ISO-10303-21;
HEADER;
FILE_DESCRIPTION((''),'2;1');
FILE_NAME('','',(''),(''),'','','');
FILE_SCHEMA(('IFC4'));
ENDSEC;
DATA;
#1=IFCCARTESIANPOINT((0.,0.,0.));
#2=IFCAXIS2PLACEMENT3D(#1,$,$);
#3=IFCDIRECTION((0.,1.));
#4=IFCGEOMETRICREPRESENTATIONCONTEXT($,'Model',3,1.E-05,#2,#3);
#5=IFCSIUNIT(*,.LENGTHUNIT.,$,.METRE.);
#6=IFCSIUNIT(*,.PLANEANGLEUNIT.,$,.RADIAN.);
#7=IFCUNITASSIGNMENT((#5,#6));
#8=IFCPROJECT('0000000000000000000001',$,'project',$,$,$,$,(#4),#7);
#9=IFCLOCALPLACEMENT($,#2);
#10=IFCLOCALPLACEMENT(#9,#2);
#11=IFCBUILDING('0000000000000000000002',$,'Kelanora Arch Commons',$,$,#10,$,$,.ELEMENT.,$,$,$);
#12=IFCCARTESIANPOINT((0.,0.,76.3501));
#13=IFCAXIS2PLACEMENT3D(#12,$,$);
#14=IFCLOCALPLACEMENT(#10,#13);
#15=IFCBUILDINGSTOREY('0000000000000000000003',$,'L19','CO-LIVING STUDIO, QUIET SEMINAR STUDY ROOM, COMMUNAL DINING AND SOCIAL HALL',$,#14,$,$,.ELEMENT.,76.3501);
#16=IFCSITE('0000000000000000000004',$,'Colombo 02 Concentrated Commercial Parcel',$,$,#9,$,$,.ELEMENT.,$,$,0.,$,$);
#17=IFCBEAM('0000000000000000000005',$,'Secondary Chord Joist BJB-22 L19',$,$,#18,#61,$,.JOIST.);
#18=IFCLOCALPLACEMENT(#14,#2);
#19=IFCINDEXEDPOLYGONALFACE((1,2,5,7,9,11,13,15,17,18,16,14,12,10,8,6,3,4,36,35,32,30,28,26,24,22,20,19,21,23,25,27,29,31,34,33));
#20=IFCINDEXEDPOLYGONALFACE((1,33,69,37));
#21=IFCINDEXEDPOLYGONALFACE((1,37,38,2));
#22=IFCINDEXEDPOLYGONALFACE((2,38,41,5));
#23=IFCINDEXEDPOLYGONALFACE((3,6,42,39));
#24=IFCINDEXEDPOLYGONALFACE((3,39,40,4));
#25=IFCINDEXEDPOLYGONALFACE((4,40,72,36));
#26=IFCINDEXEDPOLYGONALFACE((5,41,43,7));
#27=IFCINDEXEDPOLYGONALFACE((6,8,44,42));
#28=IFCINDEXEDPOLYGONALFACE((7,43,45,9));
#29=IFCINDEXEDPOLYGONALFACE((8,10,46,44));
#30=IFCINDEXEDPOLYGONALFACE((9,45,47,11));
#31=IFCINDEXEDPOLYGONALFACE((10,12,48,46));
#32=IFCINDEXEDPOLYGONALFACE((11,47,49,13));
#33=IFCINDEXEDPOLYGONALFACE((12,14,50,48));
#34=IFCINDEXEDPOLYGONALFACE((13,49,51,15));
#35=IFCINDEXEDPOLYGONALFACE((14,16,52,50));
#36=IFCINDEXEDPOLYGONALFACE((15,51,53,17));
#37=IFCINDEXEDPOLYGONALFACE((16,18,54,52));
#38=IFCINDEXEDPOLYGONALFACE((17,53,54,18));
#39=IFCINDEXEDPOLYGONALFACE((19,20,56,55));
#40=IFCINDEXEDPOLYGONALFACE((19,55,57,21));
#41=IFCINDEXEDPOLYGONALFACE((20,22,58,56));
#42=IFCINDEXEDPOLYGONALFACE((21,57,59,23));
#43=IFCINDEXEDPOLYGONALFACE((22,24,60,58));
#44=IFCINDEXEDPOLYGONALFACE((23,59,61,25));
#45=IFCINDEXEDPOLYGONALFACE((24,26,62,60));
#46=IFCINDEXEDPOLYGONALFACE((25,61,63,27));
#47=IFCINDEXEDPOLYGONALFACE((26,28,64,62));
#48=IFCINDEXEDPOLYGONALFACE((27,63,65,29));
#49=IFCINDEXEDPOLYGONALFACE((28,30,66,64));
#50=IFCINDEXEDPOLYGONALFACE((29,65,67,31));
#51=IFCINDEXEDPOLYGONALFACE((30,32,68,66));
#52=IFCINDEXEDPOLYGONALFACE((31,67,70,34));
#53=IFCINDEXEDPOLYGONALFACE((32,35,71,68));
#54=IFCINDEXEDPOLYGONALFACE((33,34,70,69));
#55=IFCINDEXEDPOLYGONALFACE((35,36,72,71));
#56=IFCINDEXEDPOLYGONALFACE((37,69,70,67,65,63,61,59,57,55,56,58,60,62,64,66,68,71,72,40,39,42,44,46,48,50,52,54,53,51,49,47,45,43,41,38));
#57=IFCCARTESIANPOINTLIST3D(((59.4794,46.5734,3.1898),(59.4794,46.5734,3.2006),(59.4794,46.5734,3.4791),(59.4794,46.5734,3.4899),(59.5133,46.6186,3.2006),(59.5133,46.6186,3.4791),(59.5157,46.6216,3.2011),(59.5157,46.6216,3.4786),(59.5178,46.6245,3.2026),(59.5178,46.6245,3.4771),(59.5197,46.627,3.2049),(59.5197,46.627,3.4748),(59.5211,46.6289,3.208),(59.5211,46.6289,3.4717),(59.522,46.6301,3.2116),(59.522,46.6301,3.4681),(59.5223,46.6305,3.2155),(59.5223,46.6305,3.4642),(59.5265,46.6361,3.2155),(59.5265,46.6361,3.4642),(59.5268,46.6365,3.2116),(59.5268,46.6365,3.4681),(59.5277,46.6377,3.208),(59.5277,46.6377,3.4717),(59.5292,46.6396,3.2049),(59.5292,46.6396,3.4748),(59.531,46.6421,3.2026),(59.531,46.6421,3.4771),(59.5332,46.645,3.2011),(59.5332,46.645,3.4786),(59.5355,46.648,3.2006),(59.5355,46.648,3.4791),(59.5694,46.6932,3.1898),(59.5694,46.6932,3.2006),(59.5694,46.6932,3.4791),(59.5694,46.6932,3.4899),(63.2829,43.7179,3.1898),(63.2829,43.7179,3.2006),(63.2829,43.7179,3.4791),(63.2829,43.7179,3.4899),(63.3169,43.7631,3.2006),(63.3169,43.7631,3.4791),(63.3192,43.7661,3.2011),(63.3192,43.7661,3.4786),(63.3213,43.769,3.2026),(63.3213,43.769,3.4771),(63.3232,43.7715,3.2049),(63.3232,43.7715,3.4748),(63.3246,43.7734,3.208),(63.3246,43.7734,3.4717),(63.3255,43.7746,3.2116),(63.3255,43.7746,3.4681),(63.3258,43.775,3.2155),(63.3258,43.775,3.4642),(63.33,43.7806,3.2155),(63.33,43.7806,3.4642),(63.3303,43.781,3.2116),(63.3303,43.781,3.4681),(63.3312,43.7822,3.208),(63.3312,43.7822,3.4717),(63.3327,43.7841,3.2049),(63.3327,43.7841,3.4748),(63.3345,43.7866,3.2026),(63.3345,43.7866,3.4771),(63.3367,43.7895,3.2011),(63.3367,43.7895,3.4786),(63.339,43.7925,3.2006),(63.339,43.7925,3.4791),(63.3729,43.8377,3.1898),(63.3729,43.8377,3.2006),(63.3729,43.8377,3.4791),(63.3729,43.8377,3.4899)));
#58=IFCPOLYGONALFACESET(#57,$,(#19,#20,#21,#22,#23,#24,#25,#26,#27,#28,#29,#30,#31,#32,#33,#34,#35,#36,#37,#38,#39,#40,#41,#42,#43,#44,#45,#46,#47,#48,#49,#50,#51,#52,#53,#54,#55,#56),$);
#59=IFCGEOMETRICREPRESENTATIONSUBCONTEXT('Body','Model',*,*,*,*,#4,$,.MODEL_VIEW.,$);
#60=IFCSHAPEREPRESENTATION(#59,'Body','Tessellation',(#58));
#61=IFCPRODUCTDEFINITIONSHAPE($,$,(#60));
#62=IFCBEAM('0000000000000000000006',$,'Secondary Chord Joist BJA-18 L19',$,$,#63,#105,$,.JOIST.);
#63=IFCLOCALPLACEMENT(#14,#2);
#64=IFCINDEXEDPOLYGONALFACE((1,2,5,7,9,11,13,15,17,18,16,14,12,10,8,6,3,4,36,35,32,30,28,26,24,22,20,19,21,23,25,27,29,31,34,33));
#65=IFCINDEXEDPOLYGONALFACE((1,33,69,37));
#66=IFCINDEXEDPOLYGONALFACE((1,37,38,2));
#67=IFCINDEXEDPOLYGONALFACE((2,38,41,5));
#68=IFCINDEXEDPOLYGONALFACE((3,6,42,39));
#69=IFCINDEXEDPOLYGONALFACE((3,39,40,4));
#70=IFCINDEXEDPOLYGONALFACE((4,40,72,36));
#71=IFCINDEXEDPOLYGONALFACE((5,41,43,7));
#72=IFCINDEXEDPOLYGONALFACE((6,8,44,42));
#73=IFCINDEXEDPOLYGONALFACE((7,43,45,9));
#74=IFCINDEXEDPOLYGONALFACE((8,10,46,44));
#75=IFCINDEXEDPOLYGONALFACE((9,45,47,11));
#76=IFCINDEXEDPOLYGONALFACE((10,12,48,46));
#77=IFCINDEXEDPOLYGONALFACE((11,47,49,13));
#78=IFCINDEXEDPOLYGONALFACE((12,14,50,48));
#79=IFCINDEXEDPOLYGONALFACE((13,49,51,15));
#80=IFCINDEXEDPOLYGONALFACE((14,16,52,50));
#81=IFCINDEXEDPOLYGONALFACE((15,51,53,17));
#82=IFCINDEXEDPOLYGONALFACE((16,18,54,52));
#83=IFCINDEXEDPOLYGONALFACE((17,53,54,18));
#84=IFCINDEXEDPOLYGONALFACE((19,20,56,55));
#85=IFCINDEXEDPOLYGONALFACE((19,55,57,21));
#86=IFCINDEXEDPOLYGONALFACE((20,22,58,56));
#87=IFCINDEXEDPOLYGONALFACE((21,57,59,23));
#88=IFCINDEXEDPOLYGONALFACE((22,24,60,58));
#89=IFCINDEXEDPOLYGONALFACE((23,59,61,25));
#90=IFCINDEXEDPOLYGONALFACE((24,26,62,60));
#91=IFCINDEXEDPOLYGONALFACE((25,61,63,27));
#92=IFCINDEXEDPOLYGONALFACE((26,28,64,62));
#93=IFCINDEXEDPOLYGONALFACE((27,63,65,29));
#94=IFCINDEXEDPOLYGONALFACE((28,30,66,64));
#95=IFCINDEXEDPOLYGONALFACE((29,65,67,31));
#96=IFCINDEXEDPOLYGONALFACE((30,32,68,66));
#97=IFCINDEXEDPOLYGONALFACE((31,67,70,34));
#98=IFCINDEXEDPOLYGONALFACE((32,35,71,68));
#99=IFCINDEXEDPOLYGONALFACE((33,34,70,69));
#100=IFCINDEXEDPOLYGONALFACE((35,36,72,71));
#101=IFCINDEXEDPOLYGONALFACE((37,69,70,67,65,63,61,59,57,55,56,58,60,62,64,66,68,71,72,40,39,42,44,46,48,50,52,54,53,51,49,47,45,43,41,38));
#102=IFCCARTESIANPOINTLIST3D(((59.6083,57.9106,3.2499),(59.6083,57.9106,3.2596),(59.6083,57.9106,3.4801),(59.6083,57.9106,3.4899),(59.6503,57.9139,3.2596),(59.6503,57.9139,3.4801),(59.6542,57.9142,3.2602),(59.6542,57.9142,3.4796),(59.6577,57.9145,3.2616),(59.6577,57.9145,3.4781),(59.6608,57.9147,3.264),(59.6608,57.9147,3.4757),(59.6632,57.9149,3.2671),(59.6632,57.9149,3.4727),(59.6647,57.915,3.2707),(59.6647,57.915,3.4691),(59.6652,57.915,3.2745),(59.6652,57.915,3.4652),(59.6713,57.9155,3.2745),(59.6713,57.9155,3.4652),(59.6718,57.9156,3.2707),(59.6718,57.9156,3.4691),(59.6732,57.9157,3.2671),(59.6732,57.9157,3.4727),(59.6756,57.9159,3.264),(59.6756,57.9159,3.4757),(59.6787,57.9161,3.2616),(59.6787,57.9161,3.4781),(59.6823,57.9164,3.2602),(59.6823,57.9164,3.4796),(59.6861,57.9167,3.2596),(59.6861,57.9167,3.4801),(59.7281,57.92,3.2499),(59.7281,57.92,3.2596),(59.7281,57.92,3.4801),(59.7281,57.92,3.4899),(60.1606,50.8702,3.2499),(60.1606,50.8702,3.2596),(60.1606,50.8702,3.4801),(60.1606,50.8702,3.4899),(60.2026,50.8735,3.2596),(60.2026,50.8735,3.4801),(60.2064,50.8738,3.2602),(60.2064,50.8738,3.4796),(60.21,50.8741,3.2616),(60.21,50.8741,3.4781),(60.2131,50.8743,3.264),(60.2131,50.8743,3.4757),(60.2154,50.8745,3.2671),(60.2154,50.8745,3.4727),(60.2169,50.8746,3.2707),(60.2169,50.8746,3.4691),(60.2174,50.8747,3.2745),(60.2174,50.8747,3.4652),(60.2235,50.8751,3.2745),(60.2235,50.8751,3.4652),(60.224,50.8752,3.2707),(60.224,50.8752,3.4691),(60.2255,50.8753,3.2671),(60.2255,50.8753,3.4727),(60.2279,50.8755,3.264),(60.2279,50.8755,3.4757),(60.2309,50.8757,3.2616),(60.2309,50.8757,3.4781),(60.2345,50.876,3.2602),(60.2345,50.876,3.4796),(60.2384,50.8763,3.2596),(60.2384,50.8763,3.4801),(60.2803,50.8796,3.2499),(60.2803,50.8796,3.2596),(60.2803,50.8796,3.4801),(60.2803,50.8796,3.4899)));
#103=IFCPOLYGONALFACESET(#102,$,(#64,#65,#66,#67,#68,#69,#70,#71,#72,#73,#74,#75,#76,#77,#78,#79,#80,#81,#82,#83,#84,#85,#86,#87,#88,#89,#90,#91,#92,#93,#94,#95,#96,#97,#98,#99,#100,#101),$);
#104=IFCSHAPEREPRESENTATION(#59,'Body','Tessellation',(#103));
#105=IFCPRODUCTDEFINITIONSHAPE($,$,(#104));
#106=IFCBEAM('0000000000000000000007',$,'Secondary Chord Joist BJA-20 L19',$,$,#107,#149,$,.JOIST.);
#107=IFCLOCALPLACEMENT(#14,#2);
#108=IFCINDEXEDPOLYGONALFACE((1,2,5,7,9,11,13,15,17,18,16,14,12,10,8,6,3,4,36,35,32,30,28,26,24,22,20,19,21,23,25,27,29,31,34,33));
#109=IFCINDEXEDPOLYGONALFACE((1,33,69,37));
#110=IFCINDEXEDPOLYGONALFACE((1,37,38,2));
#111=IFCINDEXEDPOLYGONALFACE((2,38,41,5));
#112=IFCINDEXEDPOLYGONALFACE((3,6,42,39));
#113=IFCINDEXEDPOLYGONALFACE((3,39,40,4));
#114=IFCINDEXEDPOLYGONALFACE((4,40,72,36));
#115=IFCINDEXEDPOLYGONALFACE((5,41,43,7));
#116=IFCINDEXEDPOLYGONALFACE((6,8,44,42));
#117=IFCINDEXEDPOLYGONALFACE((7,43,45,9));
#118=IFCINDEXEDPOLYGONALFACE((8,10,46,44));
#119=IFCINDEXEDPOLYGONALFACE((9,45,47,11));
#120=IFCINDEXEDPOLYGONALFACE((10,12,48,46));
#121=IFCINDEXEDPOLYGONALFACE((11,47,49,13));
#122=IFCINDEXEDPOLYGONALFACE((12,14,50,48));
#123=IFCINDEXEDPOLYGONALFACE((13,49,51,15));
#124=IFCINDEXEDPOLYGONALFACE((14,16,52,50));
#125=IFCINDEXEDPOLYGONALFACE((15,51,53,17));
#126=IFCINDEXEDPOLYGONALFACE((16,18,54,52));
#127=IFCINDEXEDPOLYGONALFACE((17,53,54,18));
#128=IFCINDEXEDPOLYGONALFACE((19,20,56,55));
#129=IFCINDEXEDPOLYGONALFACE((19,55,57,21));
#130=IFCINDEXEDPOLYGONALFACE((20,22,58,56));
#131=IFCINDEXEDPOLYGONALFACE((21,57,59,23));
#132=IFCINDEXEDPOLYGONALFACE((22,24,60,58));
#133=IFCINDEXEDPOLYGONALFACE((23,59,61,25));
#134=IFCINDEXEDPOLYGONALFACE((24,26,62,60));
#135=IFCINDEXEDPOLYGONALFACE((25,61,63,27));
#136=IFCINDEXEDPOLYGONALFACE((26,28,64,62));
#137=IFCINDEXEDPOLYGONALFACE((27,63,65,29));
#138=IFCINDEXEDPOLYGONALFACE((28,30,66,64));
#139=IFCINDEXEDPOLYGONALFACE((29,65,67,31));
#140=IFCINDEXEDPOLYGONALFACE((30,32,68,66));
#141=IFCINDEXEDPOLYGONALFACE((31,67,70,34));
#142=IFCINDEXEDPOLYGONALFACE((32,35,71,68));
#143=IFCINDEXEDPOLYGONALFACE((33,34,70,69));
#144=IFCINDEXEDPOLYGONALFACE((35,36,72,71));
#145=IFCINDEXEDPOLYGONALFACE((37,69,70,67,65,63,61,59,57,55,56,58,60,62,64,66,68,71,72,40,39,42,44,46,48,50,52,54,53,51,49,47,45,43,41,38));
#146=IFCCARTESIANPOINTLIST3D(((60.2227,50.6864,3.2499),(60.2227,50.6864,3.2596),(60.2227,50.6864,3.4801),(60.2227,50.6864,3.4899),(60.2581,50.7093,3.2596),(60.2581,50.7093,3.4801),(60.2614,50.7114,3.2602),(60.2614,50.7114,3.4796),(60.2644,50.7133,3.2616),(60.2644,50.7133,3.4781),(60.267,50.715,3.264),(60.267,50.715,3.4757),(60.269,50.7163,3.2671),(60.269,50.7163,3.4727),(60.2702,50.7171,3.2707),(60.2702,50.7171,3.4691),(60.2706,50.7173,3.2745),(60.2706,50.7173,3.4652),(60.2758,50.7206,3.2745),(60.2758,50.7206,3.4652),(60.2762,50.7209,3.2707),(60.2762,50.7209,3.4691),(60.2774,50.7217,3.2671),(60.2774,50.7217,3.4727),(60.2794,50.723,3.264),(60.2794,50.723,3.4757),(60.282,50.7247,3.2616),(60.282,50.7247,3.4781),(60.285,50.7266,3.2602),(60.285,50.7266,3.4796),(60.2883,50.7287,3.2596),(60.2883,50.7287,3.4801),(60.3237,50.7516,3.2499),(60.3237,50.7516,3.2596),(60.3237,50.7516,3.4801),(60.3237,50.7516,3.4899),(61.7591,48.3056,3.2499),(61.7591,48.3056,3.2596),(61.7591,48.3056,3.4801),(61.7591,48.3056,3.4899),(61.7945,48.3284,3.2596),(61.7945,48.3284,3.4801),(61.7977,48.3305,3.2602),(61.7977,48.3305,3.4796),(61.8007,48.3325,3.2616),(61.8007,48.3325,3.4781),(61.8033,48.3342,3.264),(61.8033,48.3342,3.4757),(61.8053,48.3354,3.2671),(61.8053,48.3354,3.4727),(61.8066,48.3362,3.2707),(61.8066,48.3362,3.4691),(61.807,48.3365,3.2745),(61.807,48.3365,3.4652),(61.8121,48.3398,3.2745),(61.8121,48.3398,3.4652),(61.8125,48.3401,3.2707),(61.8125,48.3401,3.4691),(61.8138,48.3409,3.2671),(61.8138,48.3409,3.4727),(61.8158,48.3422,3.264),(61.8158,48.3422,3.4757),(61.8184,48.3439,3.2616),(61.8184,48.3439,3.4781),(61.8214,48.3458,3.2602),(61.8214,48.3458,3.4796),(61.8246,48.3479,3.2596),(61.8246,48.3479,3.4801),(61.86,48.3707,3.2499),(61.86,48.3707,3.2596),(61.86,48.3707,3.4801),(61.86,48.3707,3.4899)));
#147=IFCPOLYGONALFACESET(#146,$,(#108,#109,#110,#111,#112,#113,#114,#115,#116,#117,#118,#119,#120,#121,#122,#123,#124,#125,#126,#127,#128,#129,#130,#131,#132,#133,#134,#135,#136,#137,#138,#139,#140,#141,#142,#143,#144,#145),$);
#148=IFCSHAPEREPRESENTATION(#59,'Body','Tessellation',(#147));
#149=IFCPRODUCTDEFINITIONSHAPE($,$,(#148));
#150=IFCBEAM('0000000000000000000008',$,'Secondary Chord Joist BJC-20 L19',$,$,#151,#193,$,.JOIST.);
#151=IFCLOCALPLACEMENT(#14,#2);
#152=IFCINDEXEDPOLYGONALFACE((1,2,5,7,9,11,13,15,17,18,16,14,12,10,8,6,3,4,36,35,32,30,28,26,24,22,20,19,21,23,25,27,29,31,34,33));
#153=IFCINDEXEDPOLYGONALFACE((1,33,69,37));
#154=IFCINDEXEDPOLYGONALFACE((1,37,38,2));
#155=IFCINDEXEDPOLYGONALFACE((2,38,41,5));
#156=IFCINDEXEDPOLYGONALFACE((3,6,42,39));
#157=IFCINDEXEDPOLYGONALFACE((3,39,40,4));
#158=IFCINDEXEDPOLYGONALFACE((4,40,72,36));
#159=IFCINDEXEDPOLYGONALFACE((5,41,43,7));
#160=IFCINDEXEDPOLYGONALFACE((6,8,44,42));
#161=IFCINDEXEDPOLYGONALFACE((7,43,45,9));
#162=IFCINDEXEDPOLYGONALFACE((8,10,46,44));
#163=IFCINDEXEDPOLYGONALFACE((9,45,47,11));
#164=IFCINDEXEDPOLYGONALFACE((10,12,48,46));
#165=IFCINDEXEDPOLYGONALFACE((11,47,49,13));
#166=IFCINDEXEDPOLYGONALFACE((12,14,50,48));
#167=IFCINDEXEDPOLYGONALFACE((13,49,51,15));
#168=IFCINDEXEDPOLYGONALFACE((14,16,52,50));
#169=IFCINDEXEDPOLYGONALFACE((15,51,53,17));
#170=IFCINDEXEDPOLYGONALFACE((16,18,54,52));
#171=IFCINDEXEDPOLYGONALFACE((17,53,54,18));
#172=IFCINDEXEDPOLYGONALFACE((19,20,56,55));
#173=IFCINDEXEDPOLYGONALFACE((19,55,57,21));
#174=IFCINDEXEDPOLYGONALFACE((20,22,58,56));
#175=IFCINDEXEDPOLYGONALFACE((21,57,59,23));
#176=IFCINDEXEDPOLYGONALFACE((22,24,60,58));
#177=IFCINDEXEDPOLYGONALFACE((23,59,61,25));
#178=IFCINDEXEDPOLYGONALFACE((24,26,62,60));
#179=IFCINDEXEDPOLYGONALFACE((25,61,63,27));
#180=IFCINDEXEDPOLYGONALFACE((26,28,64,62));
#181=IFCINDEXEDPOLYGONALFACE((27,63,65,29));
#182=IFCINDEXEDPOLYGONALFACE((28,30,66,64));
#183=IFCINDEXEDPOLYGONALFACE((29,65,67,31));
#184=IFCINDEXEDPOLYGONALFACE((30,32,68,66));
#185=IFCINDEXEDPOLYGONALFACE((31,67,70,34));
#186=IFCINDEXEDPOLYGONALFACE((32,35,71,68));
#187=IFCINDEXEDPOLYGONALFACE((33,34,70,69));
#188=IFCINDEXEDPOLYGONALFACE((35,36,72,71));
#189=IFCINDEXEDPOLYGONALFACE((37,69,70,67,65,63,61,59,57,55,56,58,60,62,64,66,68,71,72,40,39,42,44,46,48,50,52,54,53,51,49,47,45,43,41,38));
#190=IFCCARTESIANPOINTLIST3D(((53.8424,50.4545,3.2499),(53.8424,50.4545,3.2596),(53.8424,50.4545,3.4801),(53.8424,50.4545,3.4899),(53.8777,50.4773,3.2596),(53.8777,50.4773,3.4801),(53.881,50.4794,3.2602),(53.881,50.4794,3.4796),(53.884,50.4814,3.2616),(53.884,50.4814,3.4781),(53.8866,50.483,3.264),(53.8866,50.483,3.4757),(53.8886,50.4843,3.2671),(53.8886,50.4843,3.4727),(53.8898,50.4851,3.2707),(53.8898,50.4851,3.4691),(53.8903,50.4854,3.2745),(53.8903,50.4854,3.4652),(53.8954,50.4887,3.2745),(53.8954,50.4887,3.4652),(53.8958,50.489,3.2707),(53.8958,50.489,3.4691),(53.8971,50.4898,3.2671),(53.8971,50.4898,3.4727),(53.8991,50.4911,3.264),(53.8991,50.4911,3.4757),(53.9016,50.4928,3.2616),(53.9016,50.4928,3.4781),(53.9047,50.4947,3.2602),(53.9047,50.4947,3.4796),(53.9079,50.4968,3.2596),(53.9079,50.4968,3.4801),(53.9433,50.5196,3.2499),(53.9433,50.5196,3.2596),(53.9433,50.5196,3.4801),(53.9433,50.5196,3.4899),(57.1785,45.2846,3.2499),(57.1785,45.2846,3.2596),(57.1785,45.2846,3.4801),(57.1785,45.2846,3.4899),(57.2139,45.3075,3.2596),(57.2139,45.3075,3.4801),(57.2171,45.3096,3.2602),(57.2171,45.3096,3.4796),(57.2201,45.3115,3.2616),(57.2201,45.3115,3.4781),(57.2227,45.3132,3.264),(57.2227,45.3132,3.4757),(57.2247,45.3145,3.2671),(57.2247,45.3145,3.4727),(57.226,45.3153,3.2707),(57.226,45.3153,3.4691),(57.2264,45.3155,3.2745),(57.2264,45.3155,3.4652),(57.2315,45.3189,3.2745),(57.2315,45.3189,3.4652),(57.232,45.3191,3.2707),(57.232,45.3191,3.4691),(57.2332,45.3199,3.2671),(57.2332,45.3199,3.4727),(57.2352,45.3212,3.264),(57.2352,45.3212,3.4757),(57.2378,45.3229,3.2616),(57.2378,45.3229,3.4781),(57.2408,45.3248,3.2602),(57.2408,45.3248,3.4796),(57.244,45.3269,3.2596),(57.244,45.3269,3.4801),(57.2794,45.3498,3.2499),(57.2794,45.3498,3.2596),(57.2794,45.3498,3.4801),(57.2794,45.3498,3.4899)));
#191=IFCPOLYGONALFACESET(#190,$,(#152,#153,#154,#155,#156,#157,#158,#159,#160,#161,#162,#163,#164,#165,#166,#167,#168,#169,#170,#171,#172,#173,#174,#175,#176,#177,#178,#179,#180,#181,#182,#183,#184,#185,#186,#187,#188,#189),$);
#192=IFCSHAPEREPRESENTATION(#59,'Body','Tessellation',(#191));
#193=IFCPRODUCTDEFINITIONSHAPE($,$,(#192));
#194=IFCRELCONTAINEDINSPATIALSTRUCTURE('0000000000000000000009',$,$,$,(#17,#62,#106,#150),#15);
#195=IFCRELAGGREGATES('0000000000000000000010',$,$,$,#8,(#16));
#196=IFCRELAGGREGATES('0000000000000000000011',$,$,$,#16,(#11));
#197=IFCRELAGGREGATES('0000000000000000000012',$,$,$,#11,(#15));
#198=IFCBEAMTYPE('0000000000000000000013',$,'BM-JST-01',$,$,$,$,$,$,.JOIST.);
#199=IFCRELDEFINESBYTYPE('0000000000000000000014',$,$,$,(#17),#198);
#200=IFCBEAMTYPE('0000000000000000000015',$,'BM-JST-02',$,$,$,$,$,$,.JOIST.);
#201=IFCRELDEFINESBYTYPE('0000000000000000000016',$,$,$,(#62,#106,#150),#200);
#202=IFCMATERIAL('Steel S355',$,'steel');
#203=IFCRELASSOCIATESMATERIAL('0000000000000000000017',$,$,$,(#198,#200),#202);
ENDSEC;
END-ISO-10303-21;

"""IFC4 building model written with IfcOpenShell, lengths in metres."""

from ifc_helpers import new_model, si_unit, direction, frame, origin, origin_2d, place, context, subcontext, project, spatial, i_section, extrude, material, material_profile, profile_set, type_object, element, save


model = new_model("IFC4")

# Units and contexts
model_context = context("Model", 3, precision=1e-05, world=origin(), true_north=direction((0.0, 1.0)))
body_context = subcontext(model_context, "Body", "Model", "MODEL_VIEW")
ifc_project = project(units=[si_unit("LENGTHUNIT", "METRE"), si_unit("PLANEANGLEUNIT", "RADIAN")], contexts=[model_context])

# Site, building, storey
site_placement = place(None, origin())
site = spatial("IfcSite", under=ifc_project, at=site_placement, Name="Colombo 02 Concentrated Commercial Parcel", CompositionType="ELEMENT", RefElevation=0.0)
building_placement = place(site_placement, origin())
building = spatial("IfcBuilding", under=site, at=building_placement, Name="Kelanora Arch Commons", CompositionType="ELEMENT")
storey_placement = place(building_placement, frame((0.0, 0.0, 76.3501)))
storey = spatial("IfcBuildingStorey", under=building, at=storey_placement, Name="L19", Description="CO-LIVING STUDIO, QUIET SEMINAR STUDY ROOM, COMMUNAL DINING AND SOCIAL HALL", CompositionType="ELEMENT", Elevation=76.3501)

# Beams
ifc_material_1 = material(Name="Steel S355", Category="steel")
ifc_material_profile_1 = material_profile(ifc_material_1, i_section(OverallWidth=0.1499, OverallDepth=0.3, WebThickness=0.0071, FlangeThickness=0.0107, FilletRadius=0.0149, at=origin_2d()), Name="IPE300")
ifc_profile_set_1 = profile_set([ifc_material_profile_1], Name="Steel S355")
beam_type_1 = type_object("IfcBeamType", Name="BM-JST-01", PredefinedType="JOIST", material=ifc_profile_set_1)
beam_1_placement = place(storey_placement, frame((59.5244, 46.6333, 3.3398), z_axis=(0.79971, -0.600386, 0.0), x_axis=(0.600386, 0.79971, 0.0)))
element("IfcBeam", 1, at=beam_1_placement, inside=storey, type_object=beam_type_1, Name="Secondary Chord Joist BJB-22 L19", PredefinedType="JOIST", context=body_context, shape_type="SweptSolid", body=[
    extrude(i_section(OverallWidth=0.1499, OverallDepth=0.3, WebThickness=0.0071, FlangeThickness=0.0107, FilletRadius=0.0149, at=origin_2d()), origin(), (0.0, 0.0, 1.0), 4.7561),
])
ifc_material_profile_2 = material_profile(ifc_material_1, i_section(OverallWidth=0.1201, OverallDepth=0.24, WebThickness=0.0061, FlangeThickness=0.0098, FilletRadius=0.0149, at=origin_2d()), Name="IPE240")
ifc_profile_set_2 = profile_set([ifc_material_profile_2], Name="Steel S355")
beam_type_2 = type_object("IfcBeamType", Name="BM-JST-02", PredefinedType="JOIST", material=ifc_profile_set_2)
beam_2_placement = place(storey_placement, frame((59.6682, 57.9153, 3.3699), z_axis=(0.078201, -0.996938, 0.0), x_axis=(0.996938, 0.078201, 0.0)))
element("IfcBeam", 2, at=beam_2_placement, inside=storey, type_object=beam_type_2, Name="Secondary Chord Joist BJA-18 L19", PredefinedType="JOIST", context=body_context, shape_type="SweptSolid", body=[
    extrude(i_section(OverallWidth=0.1201, OverallDepth=0.24, WebThickness=0.0061, FlangeThickness=0.0098, FilletRadius=0.0149, at=origin_2d()), origin(), (0.0, 0.0, 1.0), 7.062),
])
beam_3_placement = place(storey_placement, frame((60.2732, 50.719, 3.3699), z_axis=(0.542211, -0.840242, 0.0), x_axis=(0.840242, 0.542211, 0.0)))
element("IfcBeam", 3, at=beam_3_placement, inside=storey, type_object=beam_type_2, Name="Secondary Chord Joist BJA-20 L19", PredefinedType="JOIST", context=body_context, shape_type="SweptSolid", body=[
    extrude(i_section(OverallWidth=0.1201, OverallDepth=0.24, WebThickness=0.0061, FlangeThickness=0.0098, FilletRadius=0.0149, at=origin_2d()), origin(), (0.0, 0.0, 1.0), 2.8335),
])
beam_4_placement = place(storey_placement, frame((53.8928, 50.4871, 3.3699), z_axis=(0.542213, -0.840241, 0.0), x_axis=(0.840241, 0.542213, 0.0)))
element("IfcBeam", 4, at=beam_4_placement, inside=storey, type_object=beam_type_2, Name="Secondary Chord Joist BJC-20 L19", PredefinedType="JOIST", context=body_context, shape_type="SweptSolid", body=[
    extrude(i_section(OverallWidth=0.1201, OverallDepth=0.24, WebThickness=0.0061, FlangeThickness=0.0098, FilletRadius=0.0149, at=origin_2d()), origin(), (0.0, 0.0, 1.0), 6.1528),
])

save(model, "model.ifc")
